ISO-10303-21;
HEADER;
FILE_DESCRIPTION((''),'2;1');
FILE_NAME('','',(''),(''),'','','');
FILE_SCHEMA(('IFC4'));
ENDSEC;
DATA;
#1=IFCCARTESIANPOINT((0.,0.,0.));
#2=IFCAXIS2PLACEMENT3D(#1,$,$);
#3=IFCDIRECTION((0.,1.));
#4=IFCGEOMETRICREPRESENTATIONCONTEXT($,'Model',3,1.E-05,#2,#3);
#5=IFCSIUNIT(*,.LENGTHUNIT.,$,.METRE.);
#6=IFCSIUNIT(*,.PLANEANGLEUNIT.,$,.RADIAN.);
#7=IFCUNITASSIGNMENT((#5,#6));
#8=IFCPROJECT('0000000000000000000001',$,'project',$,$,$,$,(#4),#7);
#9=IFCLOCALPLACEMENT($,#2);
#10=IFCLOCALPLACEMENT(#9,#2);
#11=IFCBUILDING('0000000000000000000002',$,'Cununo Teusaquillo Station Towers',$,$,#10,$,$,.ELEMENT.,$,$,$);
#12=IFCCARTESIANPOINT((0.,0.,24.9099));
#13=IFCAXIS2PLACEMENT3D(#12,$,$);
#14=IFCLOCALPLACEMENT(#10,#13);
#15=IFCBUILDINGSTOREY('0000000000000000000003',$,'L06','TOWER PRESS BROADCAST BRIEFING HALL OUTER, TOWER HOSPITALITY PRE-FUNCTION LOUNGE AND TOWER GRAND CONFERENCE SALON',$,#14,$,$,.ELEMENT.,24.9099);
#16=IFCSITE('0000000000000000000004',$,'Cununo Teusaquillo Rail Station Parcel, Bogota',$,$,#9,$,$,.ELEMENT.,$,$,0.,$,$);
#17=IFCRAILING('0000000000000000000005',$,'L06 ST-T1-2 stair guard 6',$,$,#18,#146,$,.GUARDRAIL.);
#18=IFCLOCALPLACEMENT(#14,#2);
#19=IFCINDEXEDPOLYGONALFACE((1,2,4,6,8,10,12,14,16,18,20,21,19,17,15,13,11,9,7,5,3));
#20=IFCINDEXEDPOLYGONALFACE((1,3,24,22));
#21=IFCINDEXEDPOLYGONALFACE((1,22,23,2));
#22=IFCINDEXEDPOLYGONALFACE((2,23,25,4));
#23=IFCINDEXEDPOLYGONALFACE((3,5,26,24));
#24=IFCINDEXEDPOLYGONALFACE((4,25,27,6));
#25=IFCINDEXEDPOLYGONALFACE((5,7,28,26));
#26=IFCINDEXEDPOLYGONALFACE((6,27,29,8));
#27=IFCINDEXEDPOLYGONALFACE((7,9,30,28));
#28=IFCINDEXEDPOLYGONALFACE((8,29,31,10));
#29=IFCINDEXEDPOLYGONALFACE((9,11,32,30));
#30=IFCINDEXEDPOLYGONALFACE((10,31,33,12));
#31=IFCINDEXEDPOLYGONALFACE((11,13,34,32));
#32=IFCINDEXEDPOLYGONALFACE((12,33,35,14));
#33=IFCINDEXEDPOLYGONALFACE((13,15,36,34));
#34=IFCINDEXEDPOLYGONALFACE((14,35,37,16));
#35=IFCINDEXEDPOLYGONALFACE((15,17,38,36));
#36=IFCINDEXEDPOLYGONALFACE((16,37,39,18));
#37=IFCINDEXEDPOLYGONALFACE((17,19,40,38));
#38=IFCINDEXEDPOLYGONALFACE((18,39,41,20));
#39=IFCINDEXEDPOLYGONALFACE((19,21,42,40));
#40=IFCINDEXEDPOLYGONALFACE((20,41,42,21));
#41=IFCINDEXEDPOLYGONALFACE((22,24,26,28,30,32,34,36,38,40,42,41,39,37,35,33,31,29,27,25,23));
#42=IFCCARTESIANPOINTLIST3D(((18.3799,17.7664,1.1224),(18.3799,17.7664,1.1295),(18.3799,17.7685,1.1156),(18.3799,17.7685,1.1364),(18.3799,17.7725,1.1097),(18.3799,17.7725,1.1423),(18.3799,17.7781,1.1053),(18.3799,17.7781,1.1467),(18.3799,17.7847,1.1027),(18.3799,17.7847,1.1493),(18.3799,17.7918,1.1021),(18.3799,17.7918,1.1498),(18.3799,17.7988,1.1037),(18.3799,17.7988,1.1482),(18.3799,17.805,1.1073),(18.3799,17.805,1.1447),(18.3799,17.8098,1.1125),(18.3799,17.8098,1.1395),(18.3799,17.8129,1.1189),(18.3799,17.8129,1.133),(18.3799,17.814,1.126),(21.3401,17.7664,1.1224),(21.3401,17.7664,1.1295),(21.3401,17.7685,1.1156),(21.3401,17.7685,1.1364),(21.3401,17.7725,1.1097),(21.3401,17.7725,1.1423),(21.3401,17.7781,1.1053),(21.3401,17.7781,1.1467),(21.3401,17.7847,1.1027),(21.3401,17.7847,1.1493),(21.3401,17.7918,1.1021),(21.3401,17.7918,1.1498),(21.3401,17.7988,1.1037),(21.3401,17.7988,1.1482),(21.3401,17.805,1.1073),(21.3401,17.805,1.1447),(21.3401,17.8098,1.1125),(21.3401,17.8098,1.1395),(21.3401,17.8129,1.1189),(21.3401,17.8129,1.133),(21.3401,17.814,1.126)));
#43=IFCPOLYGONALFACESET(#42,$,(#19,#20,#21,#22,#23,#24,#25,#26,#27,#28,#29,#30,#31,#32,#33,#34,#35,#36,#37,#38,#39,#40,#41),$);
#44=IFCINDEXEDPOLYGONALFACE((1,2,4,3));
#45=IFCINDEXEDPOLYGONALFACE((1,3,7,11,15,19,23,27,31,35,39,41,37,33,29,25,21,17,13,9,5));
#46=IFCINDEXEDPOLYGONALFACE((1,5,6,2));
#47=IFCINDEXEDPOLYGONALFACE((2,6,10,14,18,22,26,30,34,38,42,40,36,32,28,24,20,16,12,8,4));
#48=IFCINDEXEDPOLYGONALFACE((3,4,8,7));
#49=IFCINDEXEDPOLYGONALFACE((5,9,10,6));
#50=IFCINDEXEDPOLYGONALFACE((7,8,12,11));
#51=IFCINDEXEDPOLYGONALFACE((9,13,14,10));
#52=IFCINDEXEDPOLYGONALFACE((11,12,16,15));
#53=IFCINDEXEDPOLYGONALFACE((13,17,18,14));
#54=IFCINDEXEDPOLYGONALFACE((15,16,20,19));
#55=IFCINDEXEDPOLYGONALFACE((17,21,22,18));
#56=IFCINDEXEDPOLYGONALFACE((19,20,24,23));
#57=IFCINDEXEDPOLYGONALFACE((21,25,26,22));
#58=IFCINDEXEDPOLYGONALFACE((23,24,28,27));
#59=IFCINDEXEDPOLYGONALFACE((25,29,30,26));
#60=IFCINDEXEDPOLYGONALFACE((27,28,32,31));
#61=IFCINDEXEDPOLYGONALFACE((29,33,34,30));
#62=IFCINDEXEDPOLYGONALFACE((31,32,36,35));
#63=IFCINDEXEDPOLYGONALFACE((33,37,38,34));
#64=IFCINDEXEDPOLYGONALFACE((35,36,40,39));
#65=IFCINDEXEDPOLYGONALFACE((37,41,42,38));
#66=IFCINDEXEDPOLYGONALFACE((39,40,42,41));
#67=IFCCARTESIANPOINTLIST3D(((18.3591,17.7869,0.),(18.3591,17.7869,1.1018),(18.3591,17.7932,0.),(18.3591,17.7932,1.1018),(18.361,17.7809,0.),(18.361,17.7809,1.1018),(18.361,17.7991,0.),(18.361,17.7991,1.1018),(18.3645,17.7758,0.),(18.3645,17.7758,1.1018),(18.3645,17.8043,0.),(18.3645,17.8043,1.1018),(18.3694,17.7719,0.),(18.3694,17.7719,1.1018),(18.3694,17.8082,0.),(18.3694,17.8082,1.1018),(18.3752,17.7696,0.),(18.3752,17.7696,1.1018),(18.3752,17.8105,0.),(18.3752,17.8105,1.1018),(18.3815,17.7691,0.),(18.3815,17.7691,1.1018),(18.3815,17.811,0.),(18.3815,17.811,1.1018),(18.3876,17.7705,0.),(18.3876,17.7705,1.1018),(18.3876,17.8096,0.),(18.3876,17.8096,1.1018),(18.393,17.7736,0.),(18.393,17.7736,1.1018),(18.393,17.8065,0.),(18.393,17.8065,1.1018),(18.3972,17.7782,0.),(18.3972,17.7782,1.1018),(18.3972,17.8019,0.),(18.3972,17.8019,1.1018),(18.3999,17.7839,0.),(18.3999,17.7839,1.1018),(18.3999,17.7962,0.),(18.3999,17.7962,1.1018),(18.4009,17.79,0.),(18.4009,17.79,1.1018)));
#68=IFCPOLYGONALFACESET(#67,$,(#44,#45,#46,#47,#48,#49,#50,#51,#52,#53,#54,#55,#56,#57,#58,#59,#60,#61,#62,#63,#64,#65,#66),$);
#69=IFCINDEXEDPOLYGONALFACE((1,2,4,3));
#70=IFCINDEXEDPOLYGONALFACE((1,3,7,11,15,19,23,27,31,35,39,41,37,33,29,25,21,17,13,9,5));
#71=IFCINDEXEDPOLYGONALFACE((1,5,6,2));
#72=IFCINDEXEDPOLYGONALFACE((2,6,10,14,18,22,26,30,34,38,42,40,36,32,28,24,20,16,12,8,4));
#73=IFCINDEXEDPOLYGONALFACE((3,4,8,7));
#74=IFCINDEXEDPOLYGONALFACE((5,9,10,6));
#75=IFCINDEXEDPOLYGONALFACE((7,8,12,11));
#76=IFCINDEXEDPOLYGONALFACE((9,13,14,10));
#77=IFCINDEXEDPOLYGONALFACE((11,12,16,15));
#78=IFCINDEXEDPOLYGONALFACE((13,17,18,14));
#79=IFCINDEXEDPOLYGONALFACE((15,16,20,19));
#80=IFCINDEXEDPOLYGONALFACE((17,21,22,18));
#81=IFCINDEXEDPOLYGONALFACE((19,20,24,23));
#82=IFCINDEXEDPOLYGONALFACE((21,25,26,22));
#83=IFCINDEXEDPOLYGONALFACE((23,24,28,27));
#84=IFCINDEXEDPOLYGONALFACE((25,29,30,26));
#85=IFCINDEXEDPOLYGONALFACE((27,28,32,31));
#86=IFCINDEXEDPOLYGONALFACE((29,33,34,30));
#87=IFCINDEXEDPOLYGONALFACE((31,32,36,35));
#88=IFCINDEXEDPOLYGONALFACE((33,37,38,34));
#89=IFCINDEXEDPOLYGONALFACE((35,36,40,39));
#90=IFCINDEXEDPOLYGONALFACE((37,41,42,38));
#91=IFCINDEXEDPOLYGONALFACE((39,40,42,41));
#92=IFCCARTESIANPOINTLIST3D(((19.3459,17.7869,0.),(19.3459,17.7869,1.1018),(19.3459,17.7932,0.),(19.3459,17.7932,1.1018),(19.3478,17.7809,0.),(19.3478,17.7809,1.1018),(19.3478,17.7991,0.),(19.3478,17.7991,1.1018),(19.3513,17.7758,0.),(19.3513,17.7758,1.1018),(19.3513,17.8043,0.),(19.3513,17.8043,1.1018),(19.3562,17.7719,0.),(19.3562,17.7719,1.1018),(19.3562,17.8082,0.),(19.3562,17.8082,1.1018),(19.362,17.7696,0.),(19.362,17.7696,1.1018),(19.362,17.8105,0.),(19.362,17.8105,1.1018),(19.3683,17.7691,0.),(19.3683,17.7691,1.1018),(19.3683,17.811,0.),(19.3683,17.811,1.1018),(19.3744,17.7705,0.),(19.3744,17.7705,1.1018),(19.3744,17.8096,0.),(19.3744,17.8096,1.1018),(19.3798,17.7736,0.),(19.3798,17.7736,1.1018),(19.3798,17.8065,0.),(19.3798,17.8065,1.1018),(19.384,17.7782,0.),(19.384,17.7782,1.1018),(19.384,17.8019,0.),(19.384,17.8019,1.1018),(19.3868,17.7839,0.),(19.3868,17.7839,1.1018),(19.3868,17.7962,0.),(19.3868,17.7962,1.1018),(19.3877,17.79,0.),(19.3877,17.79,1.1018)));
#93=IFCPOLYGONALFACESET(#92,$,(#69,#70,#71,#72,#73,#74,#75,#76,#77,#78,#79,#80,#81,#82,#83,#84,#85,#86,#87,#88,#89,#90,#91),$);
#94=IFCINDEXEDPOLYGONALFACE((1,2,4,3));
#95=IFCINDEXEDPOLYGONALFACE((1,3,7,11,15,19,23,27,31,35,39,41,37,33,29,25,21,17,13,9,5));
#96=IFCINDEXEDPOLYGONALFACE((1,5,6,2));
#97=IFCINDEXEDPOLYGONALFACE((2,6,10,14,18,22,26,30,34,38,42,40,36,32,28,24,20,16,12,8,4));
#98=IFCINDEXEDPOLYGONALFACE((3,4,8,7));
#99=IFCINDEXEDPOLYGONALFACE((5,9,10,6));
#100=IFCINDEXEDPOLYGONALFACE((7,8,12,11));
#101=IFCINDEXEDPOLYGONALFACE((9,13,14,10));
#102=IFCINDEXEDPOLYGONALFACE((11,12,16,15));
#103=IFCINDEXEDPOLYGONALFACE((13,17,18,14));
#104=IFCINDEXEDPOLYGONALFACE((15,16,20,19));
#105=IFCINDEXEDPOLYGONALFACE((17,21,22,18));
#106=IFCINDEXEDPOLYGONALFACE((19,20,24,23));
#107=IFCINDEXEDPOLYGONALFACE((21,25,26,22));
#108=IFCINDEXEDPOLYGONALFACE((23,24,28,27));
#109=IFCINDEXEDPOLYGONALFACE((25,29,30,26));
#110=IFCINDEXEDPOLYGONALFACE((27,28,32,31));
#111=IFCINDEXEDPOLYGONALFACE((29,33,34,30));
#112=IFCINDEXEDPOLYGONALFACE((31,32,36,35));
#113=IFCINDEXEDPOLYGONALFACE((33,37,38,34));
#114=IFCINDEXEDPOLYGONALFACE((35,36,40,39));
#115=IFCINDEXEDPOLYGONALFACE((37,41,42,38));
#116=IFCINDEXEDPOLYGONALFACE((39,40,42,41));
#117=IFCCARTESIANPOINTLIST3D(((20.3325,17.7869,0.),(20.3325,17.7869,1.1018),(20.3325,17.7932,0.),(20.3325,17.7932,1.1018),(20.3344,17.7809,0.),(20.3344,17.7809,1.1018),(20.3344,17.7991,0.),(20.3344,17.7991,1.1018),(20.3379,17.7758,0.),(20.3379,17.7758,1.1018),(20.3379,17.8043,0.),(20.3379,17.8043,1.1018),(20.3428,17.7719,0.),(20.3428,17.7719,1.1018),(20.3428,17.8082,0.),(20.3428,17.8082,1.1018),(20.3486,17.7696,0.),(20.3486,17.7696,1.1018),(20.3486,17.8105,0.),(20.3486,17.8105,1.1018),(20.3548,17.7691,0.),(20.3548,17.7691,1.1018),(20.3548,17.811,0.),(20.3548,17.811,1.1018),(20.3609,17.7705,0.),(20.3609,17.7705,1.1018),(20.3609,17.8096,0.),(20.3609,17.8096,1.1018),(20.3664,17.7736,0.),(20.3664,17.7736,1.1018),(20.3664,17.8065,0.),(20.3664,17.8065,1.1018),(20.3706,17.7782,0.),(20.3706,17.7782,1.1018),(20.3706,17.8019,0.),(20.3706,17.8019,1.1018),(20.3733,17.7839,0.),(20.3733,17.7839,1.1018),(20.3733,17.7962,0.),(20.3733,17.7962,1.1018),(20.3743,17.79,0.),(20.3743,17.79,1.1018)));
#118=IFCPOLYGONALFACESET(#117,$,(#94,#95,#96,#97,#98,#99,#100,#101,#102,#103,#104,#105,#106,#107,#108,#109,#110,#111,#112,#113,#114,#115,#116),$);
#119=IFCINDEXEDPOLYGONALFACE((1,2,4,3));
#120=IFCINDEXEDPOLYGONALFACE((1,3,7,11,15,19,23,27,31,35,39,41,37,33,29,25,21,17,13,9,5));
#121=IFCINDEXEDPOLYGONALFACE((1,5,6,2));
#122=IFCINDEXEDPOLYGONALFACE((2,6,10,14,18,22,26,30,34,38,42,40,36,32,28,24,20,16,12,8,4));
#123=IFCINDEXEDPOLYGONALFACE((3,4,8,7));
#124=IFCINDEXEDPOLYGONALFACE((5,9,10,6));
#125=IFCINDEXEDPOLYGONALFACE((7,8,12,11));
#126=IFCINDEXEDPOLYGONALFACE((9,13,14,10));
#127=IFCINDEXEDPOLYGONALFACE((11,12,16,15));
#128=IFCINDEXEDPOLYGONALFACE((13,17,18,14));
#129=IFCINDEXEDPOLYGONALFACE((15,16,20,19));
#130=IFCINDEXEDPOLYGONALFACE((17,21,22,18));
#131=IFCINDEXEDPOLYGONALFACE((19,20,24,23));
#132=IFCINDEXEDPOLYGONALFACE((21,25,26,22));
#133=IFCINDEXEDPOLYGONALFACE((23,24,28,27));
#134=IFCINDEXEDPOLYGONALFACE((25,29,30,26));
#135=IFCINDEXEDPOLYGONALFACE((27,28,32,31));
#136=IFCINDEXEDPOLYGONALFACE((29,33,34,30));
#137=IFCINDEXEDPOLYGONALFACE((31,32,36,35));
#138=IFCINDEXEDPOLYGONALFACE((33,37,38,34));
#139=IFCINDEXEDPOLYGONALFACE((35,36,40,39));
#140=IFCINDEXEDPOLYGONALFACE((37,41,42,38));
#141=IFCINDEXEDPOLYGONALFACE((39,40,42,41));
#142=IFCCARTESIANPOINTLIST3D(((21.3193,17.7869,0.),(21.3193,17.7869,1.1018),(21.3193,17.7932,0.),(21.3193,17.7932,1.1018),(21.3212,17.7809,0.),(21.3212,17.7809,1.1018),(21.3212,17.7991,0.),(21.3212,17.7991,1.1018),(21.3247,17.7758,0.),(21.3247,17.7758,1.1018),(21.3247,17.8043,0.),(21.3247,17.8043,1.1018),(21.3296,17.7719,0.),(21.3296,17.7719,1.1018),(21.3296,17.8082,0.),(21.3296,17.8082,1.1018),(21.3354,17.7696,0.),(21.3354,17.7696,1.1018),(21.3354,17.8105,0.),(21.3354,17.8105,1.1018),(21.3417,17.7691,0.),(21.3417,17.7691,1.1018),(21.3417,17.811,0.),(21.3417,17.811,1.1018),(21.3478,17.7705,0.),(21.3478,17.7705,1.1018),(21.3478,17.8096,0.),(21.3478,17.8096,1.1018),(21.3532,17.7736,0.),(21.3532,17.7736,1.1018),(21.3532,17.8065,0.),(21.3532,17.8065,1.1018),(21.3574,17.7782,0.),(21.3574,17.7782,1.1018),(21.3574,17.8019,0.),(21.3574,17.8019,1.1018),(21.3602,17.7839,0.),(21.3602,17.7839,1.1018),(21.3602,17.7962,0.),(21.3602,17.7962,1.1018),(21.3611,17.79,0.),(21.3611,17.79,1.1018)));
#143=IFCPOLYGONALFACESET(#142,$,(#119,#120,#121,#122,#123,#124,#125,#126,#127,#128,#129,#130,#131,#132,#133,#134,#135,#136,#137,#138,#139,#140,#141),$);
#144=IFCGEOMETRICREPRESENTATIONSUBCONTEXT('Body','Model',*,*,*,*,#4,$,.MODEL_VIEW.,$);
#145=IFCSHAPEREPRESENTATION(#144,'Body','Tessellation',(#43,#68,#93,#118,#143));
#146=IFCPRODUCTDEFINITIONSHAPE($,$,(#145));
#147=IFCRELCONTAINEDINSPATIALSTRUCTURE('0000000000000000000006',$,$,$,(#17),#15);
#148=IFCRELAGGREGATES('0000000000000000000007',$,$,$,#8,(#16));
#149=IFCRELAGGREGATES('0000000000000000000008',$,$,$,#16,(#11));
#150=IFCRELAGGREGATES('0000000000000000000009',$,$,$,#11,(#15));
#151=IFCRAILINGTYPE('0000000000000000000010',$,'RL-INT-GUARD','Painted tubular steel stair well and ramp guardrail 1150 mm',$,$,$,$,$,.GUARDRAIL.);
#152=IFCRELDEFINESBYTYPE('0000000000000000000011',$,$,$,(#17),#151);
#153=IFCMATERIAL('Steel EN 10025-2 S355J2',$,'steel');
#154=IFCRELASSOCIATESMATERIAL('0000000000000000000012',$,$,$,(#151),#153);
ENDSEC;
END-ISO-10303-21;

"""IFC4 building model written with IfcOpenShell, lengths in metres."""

from ifc_helpers import new_model, si_unit, direction, frame, origin, origin_2d, place, context, subcontext, project, spatial, circle, extrude, material, type_object, element, save


model = new_model("IFC4")

# Units and contexts
model_context = context("Model", 3, precision=1e-05, world=origin(), true_north=direction((0.0, 1.0)))
body_context = subcontext(model_context, "Body", "Model", "MODEL_VIEW")
ifc_project = project(units=[si_unit("LENGTHUNIT", "METRE"), si_unit("PLANEANGLEUNIT", "RADIAN")], contexts=[model_context])

# Site, building, storey
site_placement = place(None, origin())
site = spatial("IfcSite", under=ifc_project, at=site_placement, Name="Cununo Teusaquillo Rail Station Parcel, Bogota", CompositionType="ELEMENT", RefElevation=0.0)
building_placement = place(site_placement, origin())
building = spatial("IfcBuilding", under=site, at=building_placement, Name="Cununo Teusaquillo Station Towers", CompositionType="ELEMENT")
storey_placement = place(building_placement, frame((0.0, 0.0, 24.9099)))
storey = spatial("IfcBuildingStorey", under=building, at=storey_placement, Name="L06", Description="TOWER PRESS BROADCAST BRIEFING HALL OUTER, TOWER HOSPITALITY PRE-FUNCTION LOUNGE AND TOWER GRAND CONFERENCE SALON", CompositionType="ELEMENT", Elevation=24.9099)

# Railing
ifc_material_1 = material(Name="Steel EN 10025-2 S355J2", Category="steel")
railing_type_1 = type_object("IfcRailingType", Name="RL-INT-GUARD", Description="Painted tubular steel stair well and ramp guardrail 1150 mm", PredefinedType="GUARDRAIL", material=ifc_material_1)
railing_1_placement = place(storey_placement, frame((18.3799, 17.79, 0.0)))
element("IfcRailing", 1, at=railing_1_placement, inside=storey, type_object=railing_type_1, Name="L06 ST-T1-2 stair guard 6", PredefinedType="GUARDRAIL", context=body_context, shape_type="SweptSolid", body=[
    extrude(circle(Radius=0.0239, at=origin_2d()), frame((0.0, 0.0, 1.126), z_axis=(1.0, 0.0, 0.0), x_axis=(0.0, 1.0, 0.0)), (0.0, 0.0, 1.0), 2.9602),
    extrude(circle(Radius=0.021, at=origin_2d()), origin(), (0.0, 0.0, 1.0), 1.1018),
    extrude(circle(Radius=0.021, at=origin_2d()), frame((0.9868, 0.0, 0.0)), (0.0, 0.0, 1.0), 1.1018),
    extrude(circle(Radius=0.021, at=origin_2d()), frame((1.9734, 0.0, 0.0)), (0.0, 0.0, 1.0), 1.1018),
    extrude(circle(Radius=0.021, at=origin_2d()), frame((2.9602, 0.0, 0.0)), (0.0, 0.0, 1.0), 1.1018),
])

save(model, "model.ifc")
